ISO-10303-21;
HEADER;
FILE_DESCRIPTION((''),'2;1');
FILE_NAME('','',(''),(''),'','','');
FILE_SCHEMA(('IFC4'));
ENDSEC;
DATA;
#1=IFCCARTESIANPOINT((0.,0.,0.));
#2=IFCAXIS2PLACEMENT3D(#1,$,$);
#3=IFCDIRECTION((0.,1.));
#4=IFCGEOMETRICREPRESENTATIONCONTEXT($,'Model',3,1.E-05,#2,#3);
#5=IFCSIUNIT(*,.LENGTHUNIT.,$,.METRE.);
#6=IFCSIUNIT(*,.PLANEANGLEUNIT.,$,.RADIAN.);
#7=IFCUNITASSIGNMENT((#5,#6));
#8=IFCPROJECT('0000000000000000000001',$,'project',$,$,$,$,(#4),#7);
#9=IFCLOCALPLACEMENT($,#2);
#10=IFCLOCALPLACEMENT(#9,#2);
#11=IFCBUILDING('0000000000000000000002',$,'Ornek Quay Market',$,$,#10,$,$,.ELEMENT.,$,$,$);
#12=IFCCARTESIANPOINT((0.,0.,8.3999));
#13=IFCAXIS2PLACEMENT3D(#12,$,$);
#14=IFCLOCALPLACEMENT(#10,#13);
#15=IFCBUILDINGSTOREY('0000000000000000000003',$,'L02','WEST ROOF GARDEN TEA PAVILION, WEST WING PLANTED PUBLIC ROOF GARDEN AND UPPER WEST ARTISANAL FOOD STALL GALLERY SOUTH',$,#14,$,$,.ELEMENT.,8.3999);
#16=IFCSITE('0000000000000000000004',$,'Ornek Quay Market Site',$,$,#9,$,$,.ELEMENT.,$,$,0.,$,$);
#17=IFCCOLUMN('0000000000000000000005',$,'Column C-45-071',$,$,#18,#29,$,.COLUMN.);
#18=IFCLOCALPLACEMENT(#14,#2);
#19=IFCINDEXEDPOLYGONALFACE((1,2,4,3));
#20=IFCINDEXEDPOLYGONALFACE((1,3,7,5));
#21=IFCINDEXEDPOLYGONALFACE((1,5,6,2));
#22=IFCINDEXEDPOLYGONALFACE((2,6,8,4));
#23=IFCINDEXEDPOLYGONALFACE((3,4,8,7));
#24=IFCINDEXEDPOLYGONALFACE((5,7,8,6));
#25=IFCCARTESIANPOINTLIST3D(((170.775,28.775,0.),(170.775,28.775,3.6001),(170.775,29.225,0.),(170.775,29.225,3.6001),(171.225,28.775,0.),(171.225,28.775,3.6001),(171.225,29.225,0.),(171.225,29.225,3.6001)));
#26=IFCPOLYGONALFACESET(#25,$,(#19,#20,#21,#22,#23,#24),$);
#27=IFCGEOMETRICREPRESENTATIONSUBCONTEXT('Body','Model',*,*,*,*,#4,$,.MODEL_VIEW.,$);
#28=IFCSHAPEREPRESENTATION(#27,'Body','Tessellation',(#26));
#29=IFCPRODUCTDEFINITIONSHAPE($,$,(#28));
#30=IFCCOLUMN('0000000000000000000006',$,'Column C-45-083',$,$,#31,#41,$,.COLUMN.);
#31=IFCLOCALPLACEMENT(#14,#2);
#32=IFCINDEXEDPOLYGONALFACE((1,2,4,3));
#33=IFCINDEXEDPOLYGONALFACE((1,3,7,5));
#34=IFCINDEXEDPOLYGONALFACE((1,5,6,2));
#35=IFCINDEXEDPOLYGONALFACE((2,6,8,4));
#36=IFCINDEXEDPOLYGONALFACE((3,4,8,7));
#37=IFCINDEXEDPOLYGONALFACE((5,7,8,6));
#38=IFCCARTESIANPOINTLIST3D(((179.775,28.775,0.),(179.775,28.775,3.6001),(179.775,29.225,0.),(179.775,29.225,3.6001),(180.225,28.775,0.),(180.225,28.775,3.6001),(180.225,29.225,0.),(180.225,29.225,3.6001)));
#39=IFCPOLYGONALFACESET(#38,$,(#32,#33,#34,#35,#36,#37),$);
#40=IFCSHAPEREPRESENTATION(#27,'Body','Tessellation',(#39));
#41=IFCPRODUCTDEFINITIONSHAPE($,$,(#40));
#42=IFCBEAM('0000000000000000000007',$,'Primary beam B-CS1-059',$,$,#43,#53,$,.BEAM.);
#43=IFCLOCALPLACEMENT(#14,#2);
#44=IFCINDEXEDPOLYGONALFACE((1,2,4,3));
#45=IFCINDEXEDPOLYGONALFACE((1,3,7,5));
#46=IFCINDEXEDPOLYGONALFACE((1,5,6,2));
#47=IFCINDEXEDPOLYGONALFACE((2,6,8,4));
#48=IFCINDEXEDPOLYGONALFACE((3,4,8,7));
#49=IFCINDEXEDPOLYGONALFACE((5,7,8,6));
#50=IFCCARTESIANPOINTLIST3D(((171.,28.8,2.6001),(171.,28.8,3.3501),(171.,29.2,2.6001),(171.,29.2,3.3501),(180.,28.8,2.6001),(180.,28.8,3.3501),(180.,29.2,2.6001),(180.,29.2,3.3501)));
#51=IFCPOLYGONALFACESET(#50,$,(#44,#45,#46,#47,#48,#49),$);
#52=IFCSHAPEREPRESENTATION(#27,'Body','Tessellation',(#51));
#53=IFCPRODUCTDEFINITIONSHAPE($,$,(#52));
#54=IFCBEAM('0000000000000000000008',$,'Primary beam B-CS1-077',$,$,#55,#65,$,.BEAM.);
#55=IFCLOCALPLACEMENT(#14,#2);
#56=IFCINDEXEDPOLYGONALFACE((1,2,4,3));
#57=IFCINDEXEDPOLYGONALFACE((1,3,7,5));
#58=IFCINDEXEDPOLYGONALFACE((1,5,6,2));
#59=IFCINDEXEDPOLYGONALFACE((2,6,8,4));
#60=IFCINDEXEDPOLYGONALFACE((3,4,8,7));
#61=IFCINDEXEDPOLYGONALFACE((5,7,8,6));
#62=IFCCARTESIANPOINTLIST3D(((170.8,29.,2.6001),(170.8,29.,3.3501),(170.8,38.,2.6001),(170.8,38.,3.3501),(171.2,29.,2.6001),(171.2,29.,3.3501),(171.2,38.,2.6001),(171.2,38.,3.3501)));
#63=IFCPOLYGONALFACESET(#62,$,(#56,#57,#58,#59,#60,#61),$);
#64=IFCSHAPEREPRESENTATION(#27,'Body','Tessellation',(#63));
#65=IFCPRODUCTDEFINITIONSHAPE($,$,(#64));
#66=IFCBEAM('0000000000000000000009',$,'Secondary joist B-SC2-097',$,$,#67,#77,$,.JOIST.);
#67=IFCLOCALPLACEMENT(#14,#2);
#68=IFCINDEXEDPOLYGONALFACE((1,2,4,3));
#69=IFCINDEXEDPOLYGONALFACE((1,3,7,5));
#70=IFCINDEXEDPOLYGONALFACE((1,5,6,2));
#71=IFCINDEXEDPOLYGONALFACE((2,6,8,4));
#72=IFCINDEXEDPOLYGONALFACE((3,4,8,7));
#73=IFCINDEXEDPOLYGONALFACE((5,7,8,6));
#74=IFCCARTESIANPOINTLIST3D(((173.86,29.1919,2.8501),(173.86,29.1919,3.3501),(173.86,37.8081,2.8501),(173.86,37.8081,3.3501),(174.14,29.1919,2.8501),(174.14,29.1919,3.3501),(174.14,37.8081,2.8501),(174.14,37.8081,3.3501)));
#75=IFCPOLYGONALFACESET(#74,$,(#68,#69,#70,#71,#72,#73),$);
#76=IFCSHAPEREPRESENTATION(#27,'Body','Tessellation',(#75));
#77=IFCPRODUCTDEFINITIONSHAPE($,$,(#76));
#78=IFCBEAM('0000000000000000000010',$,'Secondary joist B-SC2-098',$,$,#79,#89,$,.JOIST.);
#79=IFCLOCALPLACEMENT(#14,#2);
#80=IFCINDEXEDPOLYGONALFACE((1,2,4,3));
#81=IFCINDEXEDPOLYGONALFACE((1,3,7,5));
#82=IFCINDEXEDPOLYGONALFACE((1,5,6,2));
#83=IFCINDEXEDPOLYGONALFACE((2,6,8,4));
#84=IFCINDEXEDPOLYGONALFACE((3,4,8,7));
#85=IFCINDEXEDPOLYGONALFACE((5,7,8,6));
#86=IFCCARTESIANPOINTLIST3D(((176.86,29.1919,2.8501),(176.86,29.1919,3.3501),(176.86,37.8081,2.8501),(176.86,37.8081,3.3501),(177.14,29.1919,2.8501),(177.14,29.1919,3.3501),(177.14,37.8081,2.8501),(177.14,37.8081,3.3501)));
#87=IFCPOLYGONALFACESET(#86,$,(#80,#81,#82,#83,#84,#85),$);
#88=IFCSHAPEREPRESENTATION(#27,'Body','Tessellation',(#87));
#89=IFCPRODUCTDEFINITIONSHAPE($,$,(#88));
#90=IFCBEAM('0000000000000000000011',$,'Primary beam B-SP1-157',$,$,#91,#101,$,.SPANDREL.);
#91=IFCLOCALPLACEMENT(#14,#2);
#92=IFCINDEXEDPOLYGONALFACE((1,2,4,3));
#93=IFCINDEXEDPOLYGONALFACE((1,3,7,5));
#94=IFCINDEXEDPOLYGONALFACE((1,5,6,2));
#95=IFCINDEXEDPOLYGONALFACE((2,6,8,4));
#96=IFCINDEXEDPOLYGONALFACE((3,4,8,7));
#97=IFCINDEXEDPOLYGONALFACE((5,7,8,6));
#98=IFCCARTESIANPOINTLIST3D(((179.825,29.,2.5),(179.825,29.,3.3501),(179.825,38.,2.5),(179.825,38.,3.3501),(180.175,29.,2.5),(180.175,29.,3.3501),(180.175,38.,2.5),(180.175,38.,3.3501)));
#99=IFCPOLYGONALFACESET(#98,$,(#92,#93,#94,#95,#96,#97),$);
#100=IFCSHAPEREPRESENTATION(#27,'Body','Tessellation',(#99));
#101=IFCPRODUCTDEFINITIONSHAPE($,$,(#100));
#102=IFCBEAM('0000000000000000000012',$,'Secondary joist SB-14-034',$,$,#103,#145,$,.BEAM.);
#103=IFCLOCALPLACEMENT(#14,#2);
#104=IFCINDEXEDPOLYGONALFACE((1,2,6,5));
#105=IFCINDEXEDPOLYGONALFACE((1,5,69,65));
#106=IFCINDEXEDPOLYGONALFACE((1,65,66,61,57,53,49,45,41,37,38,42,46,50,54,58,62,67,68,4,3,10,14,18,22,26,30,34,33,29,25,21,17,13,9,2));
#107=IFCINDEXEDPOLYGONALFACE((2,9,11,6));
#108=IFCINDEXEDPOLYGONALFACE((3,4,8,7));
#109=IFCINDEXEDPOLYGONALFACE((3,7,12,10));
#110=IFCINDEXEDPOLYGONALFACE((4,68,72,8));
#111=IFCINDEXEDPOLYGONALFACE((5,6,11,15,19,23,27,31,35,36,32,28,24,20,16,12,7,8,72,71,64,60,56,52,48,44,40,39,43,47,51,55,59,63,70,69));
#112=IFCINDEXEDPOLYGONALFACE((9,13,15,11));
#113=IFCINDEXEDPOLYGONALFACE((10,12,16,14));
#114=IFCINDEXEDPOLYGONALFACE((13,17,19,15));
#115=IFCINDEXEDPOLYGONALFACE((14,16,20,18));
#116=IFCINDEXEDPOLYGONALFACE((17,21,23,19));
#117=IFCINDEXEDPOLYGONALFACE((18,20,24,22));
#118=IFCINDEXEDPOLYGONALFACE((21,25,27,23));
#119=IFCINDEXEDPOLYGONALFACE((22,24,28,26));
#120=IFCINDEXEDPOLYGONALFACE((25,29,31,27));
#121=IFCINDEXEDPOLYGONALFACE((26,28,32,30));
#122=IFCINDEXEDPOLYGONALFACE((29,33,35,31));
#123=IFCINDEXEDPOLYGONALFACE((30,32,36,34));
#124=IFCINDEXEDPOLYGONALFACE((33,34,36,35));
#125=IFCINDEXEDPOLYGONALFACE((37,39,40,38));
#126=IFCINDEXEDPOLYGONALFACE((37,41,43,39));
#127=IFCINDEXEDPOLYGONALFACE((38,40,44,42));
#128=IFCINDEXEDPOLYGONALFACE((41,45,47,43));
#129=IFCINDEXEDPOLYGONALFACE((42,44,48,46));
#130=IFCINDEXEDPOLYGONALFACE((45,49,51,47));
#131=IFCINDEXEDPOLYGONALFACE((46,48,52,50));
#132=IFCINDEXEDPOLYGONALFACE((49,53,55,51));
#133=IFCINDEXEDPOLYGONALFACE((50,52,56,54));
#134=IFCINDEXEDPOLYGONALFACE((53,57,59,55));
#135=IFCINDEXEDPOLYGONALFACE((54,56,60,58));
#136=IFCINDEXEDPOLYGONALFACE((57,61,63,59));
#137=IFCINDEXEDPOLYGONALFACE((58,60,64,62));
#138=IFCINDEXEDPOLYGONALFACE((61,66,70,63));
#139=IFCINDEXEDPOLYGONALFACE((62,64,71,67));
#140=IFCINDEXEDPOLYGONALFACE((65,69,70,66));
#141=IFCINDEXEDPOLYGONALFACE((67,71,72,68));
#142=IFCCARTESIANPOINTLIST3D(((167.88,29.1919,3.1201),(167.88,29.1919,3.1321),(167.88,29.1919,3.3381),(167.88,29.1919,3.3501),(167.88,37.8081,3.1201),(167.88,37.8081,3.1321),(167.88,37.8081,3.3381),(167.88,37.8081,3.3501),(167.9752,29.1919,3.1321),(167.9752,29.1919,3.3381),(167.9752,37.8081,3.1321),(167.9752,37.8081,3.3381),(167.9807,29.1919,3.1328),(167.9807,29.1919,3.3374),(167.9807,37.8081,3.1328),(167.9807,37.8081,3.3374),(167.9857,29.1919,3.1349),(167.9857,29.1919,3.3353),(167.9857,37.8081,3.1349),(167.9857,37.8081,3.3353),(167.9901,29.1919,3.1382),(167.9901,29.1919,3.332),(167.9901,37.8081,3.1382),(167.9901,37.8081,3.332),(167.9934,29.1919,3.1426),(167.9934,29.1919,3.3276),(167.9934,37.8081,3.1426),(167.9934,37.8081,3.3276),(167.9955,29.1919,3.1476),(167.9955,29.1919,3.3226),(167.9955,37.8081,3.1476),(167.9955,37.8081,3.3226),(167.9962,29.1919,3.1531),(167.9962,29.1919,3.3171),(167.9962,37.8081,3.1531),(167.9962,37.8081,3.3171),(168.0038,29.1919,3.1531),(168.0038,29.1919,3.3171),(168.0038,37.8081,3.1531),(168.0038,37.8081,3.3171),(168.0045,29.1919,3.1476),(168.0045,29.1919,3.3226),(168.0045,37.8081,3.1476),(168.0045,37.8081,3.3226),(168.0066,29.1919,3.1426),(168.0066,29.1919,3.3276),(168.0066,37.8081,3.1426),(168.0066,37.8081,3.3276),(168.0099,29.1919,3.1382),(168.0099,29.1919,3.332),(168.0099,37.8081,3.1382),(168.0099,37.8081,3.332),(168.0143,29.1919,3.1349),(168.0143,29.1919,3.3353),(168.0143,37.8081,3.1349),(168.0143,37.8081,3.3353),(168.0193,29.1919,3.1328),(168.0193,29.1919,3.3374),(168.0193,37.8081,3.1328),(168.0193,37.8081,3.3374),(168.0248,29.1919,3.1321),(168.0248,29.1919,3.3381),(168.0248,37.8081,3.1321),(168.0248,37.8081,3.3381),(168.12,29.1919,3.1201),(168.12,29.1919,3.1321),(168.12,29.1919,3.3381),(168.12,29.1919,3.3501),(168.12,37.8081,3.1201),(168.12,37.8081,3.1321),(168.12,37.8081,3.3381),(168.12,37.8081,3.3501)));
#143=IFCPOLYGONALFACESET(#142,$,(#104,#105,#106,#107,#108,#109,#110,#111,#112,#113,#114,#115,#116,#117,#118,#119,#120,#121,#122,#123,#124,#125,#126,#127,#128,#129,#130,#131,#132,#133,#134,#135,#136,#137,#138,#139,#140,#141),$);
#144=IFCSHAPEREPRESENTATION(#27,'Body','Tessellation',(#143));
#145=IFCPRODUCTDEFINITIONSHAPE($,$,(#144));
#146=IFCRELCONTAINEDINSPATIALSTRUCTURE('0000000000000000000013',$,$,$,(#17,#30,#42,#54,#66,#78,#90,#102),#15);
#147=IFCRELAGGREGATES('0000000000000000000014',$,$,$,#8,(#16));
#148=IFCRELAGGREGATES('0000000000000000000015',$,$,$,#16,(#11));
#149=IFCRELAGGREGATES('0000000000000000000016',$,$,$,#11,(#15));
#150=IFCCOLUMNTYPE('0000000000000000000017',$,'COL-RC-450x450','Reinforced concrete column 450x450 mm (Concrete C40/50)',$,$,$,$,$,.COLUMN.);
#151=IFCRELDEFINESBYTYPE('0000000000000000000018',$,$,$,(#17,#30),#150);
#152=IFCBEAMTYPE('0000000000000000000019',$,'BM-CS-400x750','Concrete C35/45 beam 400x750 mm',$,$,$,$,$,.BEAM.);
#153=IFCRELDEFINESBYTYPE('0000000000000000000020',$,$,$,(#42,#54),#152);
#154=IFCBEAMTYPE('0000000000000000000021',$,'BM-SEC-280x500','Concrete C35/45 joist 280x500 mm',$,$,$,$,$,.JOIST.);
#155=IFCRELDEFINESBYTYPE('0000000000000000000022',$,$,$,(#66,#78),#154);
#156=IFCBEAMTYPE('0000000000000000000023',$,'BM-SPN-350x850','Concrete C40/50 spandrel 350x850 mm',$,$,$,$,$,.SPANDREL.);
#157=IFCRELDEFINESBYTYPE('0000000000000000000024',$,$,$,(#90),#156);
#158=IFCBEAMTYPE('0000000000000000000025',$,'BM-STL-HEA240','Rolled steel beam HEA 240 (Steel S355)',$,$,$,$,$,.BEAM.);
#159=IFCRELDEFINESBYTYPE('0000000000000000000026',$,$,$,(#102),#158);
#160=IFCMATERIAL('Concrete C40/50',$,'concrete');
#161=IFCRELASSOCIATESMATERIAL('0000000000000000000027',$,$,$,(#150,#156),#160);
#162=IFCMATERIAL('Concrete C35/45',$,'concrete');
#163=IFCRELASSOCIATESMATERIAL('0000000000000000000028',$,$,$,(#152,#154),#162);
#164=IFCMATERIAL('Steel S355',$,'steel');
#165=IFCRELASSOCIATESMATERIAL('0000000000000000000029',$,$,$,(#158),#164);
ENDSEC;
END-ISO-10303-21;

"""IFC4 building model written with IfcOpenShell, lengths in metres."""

from ifc_helpers import new_model, si_unit, direction, frame, origin, origin_2d, place, context, subcontext, project, spatial, rectangle, i_section, extrude, material, material_profile, profile_set, type_object, element, save


model = new_model("IFC4")

# Units and contexts
model_context = context("Model", 3, precision=1e-05, world=origin(), true_north=direction((0.0, 1.0)))
body_context = subcontext(model_context, "Body", "Model", "MODEL_VIEW")
ifc_project = project(units=[si_unit("LENGTHUNIT", "METRE"), si_unit("PLANEANGLEUNIT", "RADIAN")], contexts=[model_context])

# Site, building, storey
site_placement = place(None, origin())
site = spatial("IfcSite", under=ifc_project, at=site_placement, Name="Ornek Quay Market Site", CompositionType="ELEMENT", RefElevation=0.0)
building_placement = place(site_placement, origin())
building = spatial("IfcBuilding", under=site, at=building_placement, Name="Ornek Quay Market", CompositionType="ELEMENT")
storey_placement = place(building_placement, frame((0.0, 0.0, 8.3999)))
storey = spatial("IfcBuildingStorey", under=building, at=storey_placement, Name="L02", Description="WEST ROOF GARDEN TEA PAVILION, WEST WING PLANTED PUBLIC ROOF GARDEN AND UPPER WEST ARTISANAL FOOD STALL GALLERY SOUTH", CompositionType="ELEMENT", Elevation=8.3999)

# Columns
ifc_material_1 = material(Name="Concrete C40/50", Category="concrete")
ifc_material_profile_1 = material_profile(ifc_material_1, rectangle(XDim=0.45, YDim=0.45, at=origin_2d()), Name="RC 450x450", Category="concrete")
ifc_profile_set_1 = profile_set([ifc_material_profile_1], Name="Concrete C40/50")
column_type = type_object("IfcColumnType", Name="COL-RC-450x450", Description="Reinforced concrete column 450x450 mm (Concrete C40/50)", PredefinedType="COLUMN", material=ifc_profile_set_1)
for number, where, z_axis, x_axis, name in (
    (1, (171.0, 29.0, 0.0), (0.0, 0.0, 1.0), (1.0, 0.0, 0.0), "Column C-45-071"),
    (2, (180.0, 29.0, 0.0), (0.0, 0.0, 1.0), (1.0, 0.0, 0.0), "Column C-45-083"),
):
    element("IfcColumn", number, at=place(storey_placement, frame(where, z_axis=z_axis, x_axis=x_axis)), inside=storey, type_object=column_type, Name=name, PredefinedType="COLUMN", context=body_context, shape_type="SweptSolid", body=[
        extrude(rectangle(XDim=0.45, YDim=0.45, at=origin_2d()), origin(), (0.0, 0.0, 1.0), 3.6001),
    ])

# Beams
ifc_material_2 = material(Name="Concrete C35/45", Category="concrete")
ifc_material_profile_2 = material_profile(ifc_material_2, rectangle(XDim=0.3999, YDim=0.75, at=origin_2d()), Name="RC 400x750", Category="concrete")
ifc_profile_set_2 = profile_set([ifc_material_profile_2], Name="Concrete C35/45")
beam_type_1 = type_object("IfcBeamType", Name="BM-CS-400x750", Description="Concrete C35/45 beam 400x750 mm", PredefinedType="BEAM", material=ifc_profile_set_2)
for number, where, z_axis, x_axis, name in (
    (3, (171.0, 29.0, 2.9751), (1.0, 0.0, 0.0), (0.0, 1.0, 0.0), "Primary beam B-CS1-059"),
    (4, (171.0, 29.0, 2.9751), (0.0, 1.0, 0.0), (-1.0, 0.0, 0.0), "Primary beam B-CS1-077"),
):
    element("IfcBeam", number, at=place(storey_placement, frame(where, z_axis=z_axis, x_axis=x_axis)), inside=storey, type_object=beam_type_1, Name=name, PredefinedType="BEAM", context=body_context, shape_type="SweptSolid", body=[
        extrude(rectangle(XDim=0.3999, YDim=0.75, at=origin_2d()), origin(), (0.0, 0.0, 1.0), 9.0),
    ])
ifc_material_profile_3 = material_profile(ifc_material_2, rectangle(XDim=0.28, YDim=0.5, at=origin_2d()), Name="RC 280x500", Category="concrete")
ifc_profile_set_3 = profile_set([ifc_material_profile_3], Name="Concrete C35/45")
beam_type_2 = type_object("IfcBeamType", Name="BM-SEC-280x500", Description="Concrete C35/45 joist 280x500 mm", PredefinedType="JOIST", material=ifc_profile_set_3)
for number, where, z_axis, x_axis, name in (
    (5, (174.0, 29.1919, 3.1001), (0.0, 1.0, 0.0), (-1.0, 0.0, 0.0), "Secondary joist B-SC2-097"),
    (6, (177.0, 29.1919, 3.1001), (0.0, 1.0, 0.0), (-1.0, 0.0, 0.0), "Secondary joist B-SC2-098"),
):
    element("IfcBeam", number, at=place(storey_placement, frame(where, z_axis=z_axis, x_axis=x_axis)), inside=storey, type_object=beam_type_2, Name=name, PredefinedType="JOIST", context=body_context, shape_type="SweptSolid", body=[
        extrude(rectangle(XDim=0.28, YDim=0.5, at=origin_2d()), origin(), (0.0, 0.0, 1.0), 8.6162),
    ])
ifc_material_profile_4 = material_profile(ifc_material_1, rectangle(XDim=0.3501, YDim=0.8501, at=origin_2d()), Name="RC 350x850", Category="concrete")
ifc_profile_set_4 = profile_set([ifc_material_profile_4], Name="Concrete C40/50")
beam_type_3 = type_object("IfcBeamType", Name="BM-SPN-350x850", Description="Concrete C40/50 spandrel 350x850 mm", PredefinedType="SPANDREL", material=ifc_profile_set_4)
beam_1_placement = place(storey_placement, frame((180.0, 29.0, 2.925), z_axis=(0.0, 1.0, 0.0), x_axis=(-1.0, 0.0, 0.0)))
element("IfcBeam", 7, at=beam_1_placement, inside=storey, type_object=beam_type_3, Name="Primary beam B-SP1-157", PredefinedType="SPANDREL", context=body_context, shape_type="SweptSolid", body=[
    extrude(rectangle(XDim=0.3501, YDim=0.8501, at=origin_2d()), origin(), (0.0, 0.0, 1.0), 9.0),
])
ifc_material_3 = material(Name="Steel S355", Category="steel")
ifc_material_profile_5 = material_profile(ifc_material_3, i_section(OverallWidth=0.24, OverallDepth=0.23, WebThickness=0.0076, FlangeThickness=0.012, FilletRadius=0.021, at=origin_2d()), Name="HEA 240", Category="steel")
ifc_profile_set_5 = profile_set([ifc_material_profile_5], Name="Steel S355")
beam_type_4 = type_object("IfcBeamType", Name="BM-STL-HEA240", Description="Rolled steel beam HEA 240 (Steel S355)", PredefinedType="BEAM", material=ifc_profile_set_5)
beam_2_placement = place(storey_placement, frame((168.0, 29.1919, 3.2351), z_axis=(0.0, 1.0, 0.0), x_axis=(-1.0, 0.0, 0.0)))
element("IfcBeam", 8, at=beam_2_placement, inside=storey, type_object=beam_type_4, Name="Secondary joist SB-14-034", PredefinedType="BEAM", context=body_context, shape_type="SweptSolid", body=[
    extrude(i_section(OverallWidth=0.24, OverallDepth=0.23, WebThickness=0.0076, FlangeThickness=0.012, FilletRadius=0.021, at=origin_2d()), origin(), (0.0, 0.0, 1.0), 8.6162),
])

save(model, "model.ifc")
